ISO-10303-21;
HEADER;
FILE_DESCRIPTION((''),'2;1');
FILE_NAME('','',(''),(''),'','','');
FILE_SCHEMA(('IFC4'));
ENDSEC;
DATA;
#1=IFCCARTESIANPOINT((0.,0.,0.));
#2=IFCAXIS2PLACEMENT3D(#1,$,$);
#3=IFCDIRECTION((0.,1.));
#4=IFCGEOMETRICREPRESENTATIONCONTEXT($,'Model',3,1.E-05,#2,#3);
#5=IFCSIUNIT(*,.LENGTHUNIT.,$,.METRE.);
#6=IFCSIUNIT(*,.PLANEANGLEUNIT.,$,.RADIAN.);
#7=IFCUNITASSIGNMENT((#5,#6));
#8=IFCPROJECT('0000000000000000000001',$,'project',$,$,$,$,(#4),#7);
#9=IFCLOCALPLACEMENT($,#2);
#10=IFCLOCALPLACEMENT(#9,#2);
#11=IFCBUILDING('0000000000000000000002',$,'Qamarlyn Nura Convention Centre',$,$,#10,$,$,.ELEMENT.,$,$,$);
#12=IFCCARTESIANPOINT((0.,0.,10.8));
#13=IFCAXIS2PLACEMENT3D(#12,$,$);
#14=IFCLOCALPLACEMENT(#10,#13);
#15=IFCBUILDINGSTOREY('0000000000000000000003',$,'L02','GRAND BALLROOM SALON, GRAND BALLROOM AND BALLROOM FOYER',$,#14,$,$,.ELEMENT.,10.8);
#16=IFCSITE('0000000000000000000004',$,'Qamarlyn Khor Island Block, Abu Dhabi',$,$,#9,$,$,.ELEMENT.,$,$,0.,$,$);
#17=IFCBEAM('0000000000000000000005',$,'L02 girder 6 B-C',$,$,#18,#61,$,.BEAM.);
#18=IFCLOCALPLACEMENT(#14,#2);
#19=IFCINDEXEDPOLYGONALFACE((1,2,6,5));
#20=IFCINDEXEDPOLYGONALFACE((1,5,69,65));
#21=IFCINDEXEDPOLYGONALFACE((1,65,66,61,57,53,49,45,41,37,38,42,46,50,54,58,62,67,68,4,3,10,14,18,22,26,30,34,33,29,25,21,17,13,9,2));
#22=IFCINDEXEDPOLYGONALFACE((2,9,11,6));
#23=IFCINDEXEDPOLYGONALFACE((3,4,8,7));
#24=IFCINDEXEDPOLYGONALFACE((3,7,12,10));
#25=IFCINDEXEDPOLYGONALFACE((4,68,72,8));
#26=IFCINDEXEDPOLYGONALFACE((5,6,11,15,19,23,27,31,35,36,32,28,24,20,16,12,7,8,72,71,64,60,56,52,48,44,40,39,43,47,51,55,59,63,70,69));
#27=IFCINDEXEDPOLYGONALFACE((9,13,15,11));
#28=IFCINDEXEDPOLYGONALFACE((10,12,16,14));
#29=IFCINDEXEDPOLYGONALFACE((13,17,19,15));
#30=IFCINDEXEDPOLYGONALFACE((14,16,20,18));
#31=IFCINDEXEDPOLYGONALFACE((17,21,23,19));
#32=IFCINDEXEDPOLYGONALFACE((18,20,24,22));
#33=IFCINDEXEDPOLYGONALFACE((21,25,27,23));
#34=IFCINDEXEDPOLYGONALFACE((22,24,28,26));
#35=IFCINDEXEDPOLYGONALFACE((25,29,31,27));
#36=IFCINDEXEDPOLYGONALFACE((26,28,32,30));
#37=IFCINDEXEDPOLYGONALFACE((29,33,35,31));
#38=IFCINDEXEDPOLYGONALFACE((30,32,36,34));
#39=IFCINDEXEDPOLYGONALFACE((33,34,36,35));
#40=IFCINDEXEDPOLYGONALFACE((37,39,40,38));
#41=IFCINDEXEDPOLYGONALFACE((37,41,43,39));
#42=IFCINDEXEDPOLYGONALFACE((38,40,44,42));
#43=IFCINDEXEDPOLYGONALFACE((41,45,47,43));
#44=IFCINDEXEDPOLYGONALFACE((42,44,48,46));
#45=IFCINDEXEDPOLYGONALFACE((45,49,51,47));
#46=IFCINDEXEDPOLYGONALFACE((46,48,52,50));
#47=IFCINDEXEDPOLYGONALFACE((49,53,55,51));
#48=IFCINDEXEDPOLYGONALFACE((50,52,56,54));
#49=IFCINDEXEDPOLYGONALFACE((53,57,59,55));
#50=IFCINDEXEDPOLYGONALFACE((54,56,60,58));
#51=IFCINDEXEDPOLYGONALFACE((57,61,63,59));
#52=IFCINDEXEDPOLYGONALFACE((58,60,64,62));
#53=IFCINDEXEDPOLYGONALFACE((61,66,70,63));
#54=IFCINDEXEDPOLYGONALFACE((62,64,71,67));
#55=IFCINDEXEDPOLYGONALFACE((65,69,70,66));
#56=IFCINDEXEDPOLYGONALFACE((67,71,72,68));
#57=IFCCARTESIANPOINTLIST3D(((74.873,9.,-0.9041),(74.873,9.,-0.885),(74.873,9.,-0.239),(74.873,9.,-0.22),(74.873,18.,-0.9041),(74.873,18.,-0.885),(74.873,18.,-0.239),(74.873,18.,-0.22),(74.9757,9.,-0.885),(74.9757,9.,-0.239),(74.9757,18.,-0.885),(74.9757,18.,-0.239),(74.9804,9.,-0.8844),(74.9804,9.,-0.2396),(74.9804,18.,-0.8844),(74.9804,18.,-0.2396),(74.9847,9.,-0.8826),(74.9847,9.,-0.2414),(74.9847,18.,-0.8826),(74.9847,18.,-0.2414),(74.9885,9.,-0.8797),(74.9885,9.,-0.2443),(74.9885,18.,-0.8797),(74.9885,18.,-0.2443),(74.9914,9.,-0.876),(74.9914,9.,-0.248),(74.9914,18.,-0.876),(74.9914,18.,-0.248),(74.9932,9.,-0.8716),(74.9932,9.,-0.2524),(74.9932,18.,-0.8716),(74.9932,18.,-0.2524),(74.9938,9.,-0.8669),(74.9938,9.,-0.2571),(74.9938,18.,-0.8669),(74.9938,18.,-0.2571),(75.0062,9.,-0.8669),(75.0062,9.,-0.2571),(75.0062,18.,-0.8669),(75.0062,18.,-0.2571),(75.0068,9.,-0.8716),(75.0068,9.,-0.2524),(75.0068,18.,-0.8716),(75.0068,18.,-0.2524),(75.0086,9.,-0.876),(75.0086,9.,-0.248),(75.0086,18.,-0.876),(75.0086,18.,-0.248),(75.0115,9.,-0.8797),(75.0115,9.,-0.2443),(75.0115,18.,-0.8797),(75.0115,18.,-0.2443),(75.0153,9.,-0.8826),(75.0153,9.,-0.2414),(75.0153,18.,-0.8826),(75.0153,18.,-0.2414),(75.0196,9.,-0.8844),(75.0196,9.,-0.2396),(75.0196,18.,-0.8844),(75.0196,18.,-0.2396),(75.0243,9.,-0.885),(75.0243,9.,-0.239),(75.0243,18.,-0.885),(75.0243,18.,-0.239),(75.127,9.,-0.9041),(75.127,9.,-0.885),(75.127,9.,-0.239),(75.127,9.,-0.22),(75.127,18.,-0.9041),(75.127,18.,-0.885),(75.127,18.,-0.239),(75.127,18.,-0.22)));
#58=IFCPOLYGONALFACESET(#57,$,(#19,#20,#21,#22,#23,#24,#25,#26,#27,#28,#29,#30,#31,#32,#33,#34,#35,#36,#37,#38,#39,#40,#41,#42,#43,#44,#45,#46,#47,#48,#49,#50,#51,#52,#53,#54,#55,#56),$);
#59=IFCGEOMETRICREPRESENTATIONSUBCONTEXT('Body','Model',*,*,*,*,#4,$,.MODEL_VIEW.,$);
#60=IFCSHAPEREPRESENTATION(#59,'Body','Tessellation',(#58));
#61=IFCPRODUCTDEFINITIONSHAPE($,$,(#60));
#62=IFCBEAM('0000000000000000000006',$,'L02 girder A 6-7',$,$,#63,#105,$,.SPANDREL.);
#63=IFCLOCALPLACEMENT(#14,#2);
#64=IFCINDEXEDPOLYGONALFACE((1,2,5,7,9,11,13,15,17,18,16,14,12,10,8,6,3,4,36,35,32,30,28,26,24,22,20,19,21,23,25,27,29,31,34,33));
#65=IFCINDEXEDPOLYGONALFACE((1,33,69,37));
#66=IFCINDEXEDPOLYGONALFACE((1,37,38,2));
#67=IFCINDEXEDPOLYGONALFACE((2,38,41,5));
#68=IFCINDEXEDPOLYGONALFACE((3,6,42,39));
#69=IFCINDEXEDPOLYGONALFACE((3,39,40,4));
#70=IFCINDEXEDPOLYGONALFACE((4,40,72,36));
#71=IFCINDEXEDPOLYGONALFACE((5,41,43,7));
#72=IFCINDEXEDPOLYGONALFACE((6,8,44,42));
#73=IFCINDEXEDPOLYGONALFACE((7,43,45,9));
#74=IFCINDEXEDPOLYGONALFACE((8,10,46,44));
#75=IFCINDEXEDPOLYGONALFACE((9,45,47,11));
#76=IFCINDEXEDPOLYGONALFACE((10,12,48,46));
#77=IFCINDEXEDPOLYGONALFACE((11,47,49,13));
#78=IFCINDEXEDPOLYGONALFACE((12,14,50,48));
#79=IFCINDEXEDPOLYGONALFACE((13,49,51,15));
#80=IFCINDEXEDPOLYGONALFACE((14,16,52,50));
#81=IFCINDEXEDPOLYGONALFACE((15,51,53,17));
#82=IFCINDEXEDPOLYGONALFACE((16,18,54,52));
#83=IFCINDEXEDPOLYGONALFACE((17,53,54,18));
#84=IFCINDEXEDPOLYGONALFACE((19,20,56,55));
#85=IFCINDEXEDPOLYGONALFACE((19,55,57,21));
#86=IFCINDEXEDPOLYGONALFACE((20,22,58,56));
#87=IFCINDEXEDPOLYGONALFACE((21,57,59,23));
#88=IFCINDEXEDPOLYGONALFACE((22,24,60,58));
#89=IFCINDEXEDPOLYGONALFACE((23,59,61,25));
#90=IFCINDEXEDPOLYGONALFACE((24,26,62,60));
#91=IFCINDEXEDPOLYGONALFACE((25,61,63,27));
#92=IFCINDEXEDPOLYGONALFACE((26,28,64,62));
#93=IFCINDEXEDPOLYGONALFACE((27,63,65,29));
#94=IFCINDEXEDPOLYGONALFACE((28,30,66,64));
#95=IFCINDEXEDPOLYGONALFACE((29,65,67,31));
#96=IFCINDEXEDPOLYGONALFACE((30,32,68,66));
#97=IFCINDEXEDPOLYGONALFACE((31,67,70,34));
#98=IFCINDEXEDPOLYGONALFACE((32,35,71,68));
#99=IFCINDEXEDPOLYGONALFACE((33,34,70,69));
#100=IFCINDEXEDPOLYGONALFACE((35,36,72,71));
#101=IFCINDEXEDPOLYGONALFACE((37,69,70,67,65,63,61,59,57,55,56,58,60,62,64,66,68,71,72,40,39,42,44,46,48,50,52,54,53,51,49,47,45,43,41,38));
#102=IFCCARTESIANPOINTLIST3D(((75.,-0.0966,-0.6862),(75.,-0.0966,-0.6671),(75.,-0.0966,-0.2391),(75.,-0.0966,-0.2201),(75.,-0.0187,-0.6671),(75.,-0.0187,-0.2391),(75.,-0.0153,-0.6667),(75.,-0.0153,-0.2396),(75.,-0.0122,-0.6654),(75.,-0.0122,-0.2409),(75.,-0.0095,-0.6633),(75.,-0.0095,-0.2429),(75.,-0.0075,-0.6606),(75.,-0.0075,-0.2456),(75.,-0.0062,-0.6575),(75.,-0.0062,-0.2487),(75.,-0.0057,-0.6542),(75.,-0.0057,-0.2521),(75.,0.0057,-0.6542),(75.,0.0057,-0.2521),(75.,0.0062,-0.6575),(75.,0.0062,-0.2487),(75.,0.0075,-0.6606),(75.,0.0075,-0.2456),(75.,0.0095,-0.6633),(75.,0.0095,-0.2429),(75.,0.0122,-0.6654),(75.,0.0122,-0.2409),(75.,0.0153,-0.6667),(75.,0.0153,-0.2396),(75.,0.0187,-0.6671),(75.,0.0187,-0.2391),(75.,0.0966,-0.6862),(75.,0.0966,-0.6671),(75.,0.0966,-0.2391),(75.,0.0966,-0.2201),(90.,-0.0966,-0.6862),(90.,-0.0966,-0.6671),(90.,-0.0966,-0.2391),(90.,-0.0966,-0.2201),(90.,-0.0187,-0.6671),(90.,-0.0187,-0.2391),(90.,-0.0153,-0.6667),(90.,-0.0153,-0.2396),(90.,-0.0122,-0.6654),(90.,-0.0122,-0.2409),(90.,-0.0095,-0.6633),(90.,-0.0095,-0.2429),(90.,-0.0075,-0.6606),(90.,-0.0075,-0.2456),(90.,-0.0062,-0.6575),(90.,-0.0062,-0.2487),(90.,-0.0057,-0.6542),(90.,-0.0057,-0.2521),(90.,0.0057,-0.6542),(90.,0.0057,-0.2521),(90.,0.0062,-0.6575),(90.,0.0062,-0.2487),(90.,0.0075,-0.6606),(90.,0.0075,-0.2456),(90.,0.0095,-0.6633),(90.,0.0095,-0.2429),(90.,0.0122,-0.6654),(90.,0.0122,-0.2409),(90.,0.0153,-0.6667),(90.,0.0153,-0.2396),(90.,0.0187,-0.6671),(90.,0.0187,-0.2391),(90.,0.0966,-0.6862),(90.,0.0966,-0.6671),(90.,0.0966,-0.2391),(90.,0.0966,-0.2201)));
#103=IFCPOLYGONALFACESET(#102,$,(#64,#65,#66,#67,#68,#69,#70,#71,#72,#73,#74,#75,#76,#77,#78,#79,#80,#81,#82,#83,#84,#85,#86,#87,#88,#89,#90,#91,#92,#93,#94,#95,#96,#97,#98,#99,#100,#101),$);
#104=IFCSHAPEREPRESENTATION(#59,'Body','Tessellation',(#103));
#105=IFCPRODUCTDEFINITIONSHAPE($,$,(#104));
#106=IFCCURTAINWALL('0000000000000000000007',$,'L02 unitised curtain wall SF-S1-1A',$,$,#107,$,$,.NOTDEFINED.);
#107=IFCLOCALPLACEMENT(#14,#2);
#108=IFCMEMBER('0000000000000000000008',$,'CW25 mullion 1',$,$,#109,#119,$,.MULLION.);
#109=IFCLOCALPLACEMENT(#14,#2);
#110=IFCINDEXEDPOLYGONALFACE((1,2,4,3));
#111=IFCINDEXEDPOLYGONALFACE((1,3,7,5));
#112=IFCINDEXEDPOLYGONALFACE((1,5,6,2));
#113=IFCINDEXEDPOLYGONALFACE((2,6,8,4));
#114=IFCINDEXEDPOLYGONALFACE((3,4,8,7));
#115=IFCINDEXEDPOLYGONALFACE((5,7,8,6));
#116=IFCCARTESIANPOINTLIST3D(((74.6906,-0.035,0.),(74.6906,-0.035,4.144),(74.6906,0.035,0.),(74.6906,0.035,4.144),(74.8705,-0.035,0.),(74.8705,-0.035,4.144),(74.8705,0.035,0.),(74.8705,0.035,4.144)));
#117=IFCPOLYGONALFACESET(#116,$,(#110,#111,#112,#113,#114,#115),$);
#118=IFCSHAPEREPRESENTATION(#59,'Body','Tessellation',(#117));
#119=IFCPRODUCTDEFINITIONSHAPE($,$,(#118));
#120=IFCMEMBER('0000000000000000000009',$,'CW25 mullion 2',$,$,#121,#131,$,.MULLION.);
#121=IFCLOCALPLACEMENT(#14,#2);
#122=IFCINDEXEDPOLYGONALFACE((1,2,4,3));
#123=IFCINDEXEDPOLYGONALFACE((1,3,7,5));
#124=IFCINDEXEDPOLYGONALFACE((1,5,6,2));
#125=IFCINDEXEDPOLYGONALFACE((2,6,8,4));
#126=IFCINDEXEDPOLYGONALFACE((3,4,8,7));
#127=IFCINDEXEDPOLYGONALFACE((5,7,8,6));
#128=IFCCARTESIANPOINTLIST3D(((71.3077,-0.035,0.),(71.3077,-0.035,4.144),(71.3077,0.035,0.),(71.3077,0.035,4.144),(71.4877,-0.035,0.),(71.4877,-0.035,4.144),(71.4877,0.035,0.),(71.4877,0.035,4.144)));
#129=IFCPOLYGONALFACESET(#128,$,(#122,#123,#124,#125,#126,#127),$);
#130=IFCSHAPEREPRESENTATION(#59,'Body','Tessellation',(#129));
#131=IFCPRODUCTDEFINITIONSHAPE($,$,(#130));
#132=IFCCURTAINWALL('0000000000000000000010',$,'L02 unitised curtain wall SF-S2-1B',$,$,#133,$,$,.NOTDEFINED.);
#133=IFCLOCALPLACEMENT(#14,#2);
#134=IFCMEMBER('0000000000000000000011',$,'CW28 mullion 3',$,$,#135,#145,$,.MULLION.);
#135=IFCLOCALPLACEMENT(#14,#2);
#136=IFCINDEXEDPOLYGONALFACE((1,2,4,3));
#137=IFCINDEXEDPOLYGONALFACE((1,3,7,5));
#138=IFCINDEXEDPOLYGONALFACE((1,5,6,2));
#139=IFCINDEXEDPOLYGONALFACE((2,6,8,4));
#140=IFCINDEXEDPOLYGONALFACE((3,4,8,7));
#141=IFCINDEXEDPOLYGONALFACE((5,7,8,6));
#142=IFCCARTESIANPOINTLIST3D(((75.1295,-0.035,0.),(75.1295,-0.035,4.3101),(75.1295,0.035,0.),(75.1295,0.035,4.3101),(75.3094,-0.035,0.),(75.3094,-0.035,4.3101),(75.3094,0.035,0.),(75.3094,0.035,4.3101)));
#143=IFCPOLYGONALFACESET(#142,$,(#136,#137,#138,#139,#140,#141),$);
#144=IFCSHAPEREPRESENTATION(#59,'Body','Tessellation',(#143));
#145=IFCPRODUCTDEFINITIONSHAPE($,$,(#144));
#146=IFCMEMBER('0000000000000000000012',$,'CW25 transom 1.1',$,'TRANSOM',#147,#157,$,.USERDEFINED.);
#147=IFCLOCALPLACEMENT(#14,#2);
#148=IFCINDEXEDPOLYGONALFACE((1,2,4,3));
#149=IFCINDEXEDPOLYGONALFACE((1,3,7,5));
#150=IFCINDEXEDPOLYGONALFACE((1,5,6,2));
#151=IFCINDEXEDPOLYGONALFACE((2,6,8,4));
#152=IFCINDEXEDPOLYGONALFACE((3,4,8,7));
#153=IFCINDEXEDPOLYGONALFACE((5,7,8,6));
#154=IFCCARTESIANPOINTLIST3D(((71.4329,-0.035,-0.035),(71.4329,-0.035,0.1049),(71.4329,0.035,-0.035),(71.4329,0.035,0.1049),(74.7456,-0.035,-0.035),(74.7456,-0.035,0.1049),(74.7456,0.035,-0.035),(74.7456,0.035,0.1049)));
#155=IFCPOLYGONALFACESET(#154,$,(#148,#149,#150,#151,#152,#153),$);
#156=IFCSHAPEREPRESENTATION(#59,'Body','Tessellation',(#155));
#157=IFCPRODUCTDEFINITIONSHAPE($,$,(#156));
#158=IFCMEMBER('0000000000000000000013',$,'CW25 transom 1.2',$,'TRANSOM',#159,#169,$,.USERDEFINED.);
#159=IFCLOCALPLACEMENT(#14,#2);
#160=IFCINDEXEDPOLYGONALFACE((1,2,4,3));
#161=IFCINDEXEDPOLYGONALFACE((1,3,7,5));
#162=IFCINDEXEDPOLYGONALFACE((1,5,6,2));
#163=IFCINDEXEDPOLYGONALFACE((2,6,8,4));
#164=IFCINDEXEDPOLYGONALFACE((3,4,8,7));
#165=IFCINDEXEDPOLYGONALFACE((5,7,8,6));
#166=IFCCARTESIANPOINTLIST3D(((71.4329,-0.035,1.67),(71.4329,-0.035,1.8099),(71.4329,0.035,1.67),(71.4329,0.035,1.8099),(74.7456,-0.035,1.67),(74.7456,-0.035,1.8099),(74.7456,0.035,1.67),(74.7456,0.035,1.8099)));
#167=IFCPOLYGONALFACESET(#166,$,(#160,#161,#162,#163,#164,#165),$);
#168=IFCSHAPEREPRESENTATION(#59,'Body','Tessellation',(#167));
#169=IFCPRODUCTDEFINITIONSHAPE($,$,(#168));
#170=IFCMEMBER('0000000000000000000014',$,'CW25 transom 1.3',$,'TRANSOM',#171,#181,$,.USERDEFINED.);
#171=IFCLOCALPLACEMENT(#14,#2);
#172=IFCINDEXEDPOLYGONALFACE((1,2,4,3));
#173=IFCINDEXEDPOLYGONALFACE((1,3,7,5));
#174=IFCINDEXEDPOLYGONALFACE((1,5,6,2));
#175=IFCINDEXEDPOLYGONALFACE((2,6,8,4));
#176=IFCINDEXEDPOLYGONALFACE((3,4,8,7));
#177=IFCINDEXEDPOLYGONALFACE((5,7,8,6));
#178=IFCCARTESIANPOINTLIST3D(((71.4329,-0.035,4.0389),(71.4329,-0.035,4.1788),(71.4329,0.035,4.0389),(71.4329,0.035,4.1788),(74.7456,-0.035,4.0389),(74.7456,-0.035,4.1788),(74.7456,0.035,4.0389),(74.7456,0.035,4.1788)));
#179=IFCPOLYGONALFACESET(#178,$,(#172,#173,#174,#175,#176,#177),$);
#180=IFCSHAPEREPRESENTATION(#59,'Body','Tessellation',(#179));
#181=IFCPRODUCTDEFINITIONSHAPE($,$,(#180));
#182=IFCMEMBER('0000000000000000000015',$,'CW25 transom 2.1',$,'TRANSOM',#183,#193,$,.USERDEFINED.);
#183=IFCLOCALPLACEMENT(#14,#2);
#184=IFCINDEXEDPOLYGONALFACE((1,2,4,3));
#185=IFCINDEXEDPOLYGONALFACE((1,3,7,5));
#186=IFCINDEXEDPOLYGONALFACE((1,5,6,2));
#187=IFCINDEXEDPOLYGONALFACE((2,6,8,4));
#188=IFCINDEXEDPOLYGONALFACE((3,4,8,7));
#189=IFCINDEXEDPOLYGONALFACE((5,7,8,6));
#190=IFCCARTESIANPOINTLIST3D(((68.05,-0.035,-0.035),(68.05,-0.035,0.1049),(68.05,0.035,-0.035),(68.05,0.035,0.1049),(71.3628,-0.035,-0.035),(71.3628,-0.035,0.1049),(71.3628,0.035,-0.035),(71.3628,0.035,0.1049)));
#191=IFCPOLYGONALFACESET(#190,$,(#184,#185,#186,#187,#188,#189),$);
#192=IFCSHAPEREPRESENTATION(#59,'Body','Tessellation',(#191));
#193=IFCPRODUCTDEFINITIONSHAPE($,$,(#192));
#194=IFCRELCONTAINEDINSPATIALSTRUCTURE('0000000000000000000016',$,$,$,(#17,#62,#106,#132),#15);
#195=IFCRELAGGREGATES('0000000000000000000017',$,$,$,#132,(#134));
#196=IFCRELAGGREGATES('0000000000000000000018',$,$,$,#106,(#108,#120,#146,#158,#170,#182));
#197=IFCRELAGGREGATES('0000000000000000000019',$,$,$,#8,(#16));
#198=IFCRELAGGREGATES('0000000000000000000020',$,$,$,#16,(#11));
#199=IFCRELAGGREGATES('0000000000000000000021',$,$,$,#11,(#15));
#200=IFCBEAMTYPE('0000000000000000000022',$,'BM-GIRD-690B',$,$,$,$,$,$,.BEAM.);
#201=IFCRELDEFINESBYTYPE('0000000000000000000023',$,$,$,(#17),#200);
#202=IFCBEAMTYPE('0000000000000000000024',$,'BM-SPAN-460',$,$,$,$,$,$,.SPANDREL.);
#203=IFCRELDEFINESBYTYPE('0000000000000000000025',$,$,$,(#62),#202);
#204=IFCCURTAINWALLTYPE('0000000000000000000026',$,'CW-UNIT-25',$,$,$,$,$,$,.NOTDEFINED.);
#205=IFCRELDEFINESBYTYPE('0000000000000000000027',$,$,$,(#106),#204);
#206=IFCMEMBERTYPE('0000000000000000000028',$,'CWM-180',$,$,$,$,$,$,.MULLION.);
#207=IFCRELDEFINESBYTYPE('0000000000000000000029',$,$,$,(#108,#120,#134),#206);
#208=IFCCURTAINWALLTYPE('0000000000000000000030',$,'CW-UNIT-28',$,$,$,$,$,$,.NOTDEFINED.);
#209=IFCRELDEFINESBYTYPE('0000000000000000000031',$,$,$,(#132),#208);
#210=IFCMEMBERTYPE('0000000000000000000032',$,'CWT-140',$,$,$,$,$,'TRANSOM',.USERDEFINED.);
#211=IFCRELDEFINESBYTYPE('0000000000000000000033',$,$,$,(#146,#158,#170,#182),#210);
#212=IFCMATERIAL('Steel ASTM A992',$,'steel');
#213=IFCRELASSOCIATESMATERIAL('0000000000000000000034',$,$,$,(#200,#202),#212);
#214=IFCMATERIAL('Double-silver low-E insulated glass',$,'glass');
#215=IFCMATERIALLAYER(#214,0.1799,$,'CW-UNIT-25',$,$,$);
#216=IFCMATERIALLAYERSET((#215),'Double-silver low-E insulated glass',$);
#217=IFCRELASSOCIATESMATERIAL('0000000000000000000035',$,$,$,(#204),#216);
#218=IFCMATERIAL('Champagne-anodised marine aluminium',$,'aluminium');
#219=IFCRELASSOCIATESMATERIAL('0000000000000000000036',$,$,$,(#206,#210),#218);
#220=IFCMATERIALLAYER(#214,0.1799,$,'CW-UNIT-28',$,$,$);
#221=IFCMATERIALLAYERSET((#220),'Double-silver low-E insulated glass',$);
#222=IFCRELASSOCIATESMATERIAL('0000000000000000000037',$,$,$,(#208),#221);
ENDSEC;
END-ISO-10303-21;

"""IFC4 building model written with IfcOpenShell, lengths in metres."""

from ifc_helpers import new_model, si_unit, direction, frame, origin, origin_2d, place, context, subcontext, project, spatial, rectangle, i_section, extrude, material, layer, layer_set, material_profile, profile_set, type_object, element, aggregate, save


model = new_model("IFC4")

# Units and contexts
model_context = context("Model", 3, precision=1e-05, world=origin(), true_north=direction((0.0, 1.0)))
body_context = subcontext(model_context, "Body", "Model", "MODEL_VIEW")
ifc_project = project(units=[si_unit("LENGTHUNIT", "METRE"), si_unit("PLANEANGLEUNIT", "RADIAN")], contexts=[model_context])

# Site, building, storey
site_placement = place(None, origin())
site = spatial("IfcSite", under=ifc_project, at=site_placement, Name="Qamarlyn Khor Island Block, Abu Dhabi", CompositionType="ELEMENT", RefElevation=0.0)
building_placement = place(site_placement, origin())
building = spatial("IfcBuilding", under=site, at=building_placement, Name="Qamarlyn Nura Convention Centre", CompositionType="ELEMENT")
storey_placement = place(building_placement, frame((0.0, 0.0, 10.8)))
storey = spatial("IfcBuildingStorey", under=building, at=storey_placement, Name="L02", Description="GRAND BALLROOM SALON, GRAND BALLROOM AND BALLROOM FOYER", CompositionType="ELEMENT", Elevation=10.8)

# Shared definitions
ifc_material_1 = material(Name="Steel ASTM A992", Category="steel")

# Beams
ifc_material_profile_1 = material_profile(ifc_material_1, i_section(OverallWidth=0.2539, OverallDepth=0.6841, WebThickness=0.0125, FlangeThickness=0.019, FilletRadius=0.0181, at=origin_2d()), Name="W690X140")
ifc_profile_set_1 = profile_set([ifc_material_profile_1], Name="Steel ASTM A992")
beam_type_1 = type_object("IfcBeamType", Name="BM-GIRD-690B", PredefinedType="BEAM", material=ifc_profile_set_1)
beam_1_placement = place(storey_placement, frame((75.0, 9.0, -0.562), z_axis=(0.0, 1.0, 0.0), x_axis=(-1.0, 0.0, 0.0)))
element("IfcBeam", 1, at=beam_1_placement, inside=storey, type_object=beam_type_1, Name="L02 girder 6 B-C", PredefinedType="BEAM", context=body_context, shape_type="SweptSolid", body=[
    extrude(i_section(OverallWidth=0.2539, OverallDepth=0.6841, WebThickness=0.0125, FlangeThickness=0.019, FilletRadius=0.0181, at=origin_2d()), origin(), (0.0, 0.0, 1.0), 9.0),
])
ifc_material_profile_2 = material_profile(ifc_material_1, i_section(OverallWidth=0.1931, OverallDepth=0.4661, WebThickness=0.0115, FlangeThickness=0.019, FilletRadius=0.0129, at=origin_2d()), Name="W460X97")
ifc_profile_set_2 = profile_set([ifc_material_profile_2], Name="Steel ASTM A992")
beam_type_2 = type_object("IfcBeamType", Name="BM-SPAN-460", PredefinedType="SPANDREL", material=ifc_profile_set_2)
beam_2_placement = place(storey_placement, frame((75.0, 0.0, -0.4531), z_axis=(1.0, 0.0, 0.0), x_axis=(0.0, 1.0, 0.0)))
element("IfcBeam", 2, at=beam_2_placement, inside=storey, type_object=beam_type_2, Name="L02 girder A 6-7", PredefinedType="SPANDREL", context=body_context, shape_type="SweptSolid", body=[
    extrude(i_section(OverallWidth=0.1931, OverallDepth=0.4661, WebThickness=0.0115, FlangeThickness=0.019, FilletRadius=0.0129, at=origin_2d()), origin(), (0.0, 0.0, 1.0), 15.0),
])

# Curtain wall, members
ifc_material_2 = material(Name="Double-silver low-E insulated glass", Category="glass")
ifc_layer_1 = layer(ifc_material_2, 0.1799, Name="CW-UNIT-25")
ifc_layer_set_1 = layer_set([ifc_layer_1], Name="Double-silver low-E insulated glass")
curtain_wall_type_1 = type_object("IfcCurtainWallType", Name="CW-UNIT-25", PredefinedType="NOTDEFINED", material=ifc_layer_set_1)
curtain_wall_1_placement = place(storey_placement, origin())
curtain_wall_1 = element("IfcCurtainWall", 3, at=curtain_wall_1_placement, inside=storey, type_object=curtain_wall_type_1, Name="L02 unitised curtain wall SF-S1-1A", PredefinedType="NOTDEFINED")
ifc_material_3 = material(Name="Champagne-anodised marine aluminium", Category="aluminium")
ifc_material_profile_3 = material_profile(ifc_material_3, rectangle(XDim=0.0701, YDim=0.1799, at=origin_2d()), Name="ALU MULLION 70x180")
ifc_profile_set_3 = profile_set([ifc_material_profile_3], Name="Champagne-anodised marine aluminium")
member_type_1 = type_object("IfcMemberType", Name="CWM-180", PredefinedType="MULLION", material=ifc_profile_set_3)
member_1_placement = place(storey_placement, frame((74.7805, 0.0, 0.0), z_axis=(0.0, 0.0, 1.0), x_axis=(0.0, -1.0, 0.0)))
member_1 = element("IfcMember", 4, at=member_1_placement, type_object=member_type_1, Name="CW25 mullion 1", PredefinedType="MULLION", context=body_context, shape_type="SweptSolid", body=[
    extrude(rectangle(XDim=0.0701, YDim=0.1799, at=origin_2d()), origin(), (0.0, 0.0, 1.0), 4.144),
])
member_2_placement = place(storey_placement, frame((71.3977, 0.0, 0.0), z_axis=(0.0, 0.0, 1.0), x_axis=(0.0, -1.0, 0.0)))
member_2 = element("IfcMember", 5, at=member_2_placement, type_object=member_type_1, Name="CW25 mullion 2", PredefinedType="MULLION", context=body_context, shape_type="SweptSolid", body=[
    extrude(rectangle(XDim=0.0701, YDim=0.1799, at=origin_2d()), origin(), (0.0, 0.0, 1.0), 4.144),
])

# Curtain wall, member
ifc_layer_2 = layer(ifc_material_2, 0.1799, Name="CW-UNIT-28")
ifc_layer_set_2 = layer_set([ifc_layer_2], Name="Double-silver low-E insulated glass")
curtain_wall_type_2 = type_object("IfcCurtainWallType", Name="CW-UNIT-28", PredefinedType="NOTDEFINED", material=ifc_layer_set_2)
curtain_wall_2_placement = place(storey_placement, origin())
curtain_wall_2 = element("IfcCurtainWall", 6, at=curtain_wall_2_placement, inside=storey, type_object=curtain_wall_type_2, Name="L02 unitised curtain wall SF-S2-1B", PredefinedType="NOTDEFINED")
member_3_placement = place(storey_placement, frame((75.2195, 0.0, 0.0), z_axis=(0.0, 0.0, 1.0), x_axis=(0.0, -1.0, 0.0)))
member_3 = element("IfcMember", 7, at=member_3_placement, type_object=member_type_1, Name="CW28 mullion 3", PredefinedType="MULLION", context=body_context, shape_type="SweptSolid", body=[
    extrude(rectangle(XDim=0.0701, YDim=0.1799, at=origin_2d()), origin(), (0.0, 0.0, 1.0), 4.3101),
])
aggregate(curtain_wall_2, [member_3])

# Members
ifc_material_profile_4 = material_profile(ifc_material_3, rectangle(XDim=0.0701, YDim=0.1399, at=origin_2d()), Name="ALU TRANSOM 70x140")
ifc_profile_set_4 = profile_set([ifc_material_profile_4], Name="Champagne-anodised marine aluminium")
member_type_2 = type_object("IfcMemberType", Name="CWT-140", ElementType="TRANSOM", PredefinedType="USERDEFINED", material=ifc_profile_set_4)
member_4_placement = place(storey_placement, frame((74.7456, 0.0, 0.0349), z_axis=(-1.0, 0.0, 0.0), x_axis=(0.0, -1.0, 0.0)))
member_4 = element("IfcMember", 8, at=member_4_placement, type_object=member_type_2, Name="CW25 transom 1.1", ObjectType="TRANSOM", PredefinedType="USERDEFINED", context=body_context, shape_type="SweptSolid", body=[
    extrude(rectangle(XDim=0.0701, YDim=0.1399, at=origin_2d()), origin(), (0.0, 0.0, 1.0), 3.3127),
])
member_5_placement = place(storey_placement, frame((74.7456, 0.0, 1.74), z_axis=(-1.0, 0.0, 0.0), x_axis=(0.0, -1.0, 0.0)))
member_5 = element("IfcMember", 9, at=member_5_placement, type_object=member_type_2, Name="CW25 transom 1.2", ObjectType="TRANSOM", PredefinedType="USERDEFINED", context=body_context, shape_type="SweptSolid", body=[
    extrude(rectangle(XDim=0.0701, YDim=0.1399, at=origin_2d()), origin(), (0.0, 0.0, 1.0), 3.3127),
])
member_6_placement = place(storey_placement, frame((74.7456, 0.0, 4.1089), z_axis=(-1.0, 0.0, 0.0), x_axis=(0.0, -1.0, 0.0)))
member_6 = element("IfcMember", 10, at=member_6_placement, type_object=member_type_2, Name="CW25 transom 1.3", ObjectType="TRANSOM", PredefinedType="USERDEFINED", context=body_context, shape_type="SweptSolid", body=[
    extrude(rectangle(XDim=0.0701, YDim=0.1399, at=origin_2d()), origin(), (0.0, 0.0, 1.0), 3.3127),
])
member_7_placement = place(storey_placement, frame((71.3628, 0.0, 0.0349), z_axis=(-1.0, 0.0, 0.0), x_axis=(0.0, -1.0, 0.0)))
member_7 = element("IfcMember", 11, at=member_7_placement, type_object=member_type_2, Name="CW25 transom 2.1", ObjectType="TRANSOM", PredefinedType="USERDEFINED", context=body_context, shape_type="SweptSolid", body=[
    extrude(rectangle(XDim=0.0701, YDim=0.1399, at=origin_2d()), origin(), (0.0, 0.0, 1.0), 3.3127),
])

aggregate(curtain_wall_1, [member_1, member_2, member_4, member_5, member_6, member_7])

save(model, "model.ifc")
